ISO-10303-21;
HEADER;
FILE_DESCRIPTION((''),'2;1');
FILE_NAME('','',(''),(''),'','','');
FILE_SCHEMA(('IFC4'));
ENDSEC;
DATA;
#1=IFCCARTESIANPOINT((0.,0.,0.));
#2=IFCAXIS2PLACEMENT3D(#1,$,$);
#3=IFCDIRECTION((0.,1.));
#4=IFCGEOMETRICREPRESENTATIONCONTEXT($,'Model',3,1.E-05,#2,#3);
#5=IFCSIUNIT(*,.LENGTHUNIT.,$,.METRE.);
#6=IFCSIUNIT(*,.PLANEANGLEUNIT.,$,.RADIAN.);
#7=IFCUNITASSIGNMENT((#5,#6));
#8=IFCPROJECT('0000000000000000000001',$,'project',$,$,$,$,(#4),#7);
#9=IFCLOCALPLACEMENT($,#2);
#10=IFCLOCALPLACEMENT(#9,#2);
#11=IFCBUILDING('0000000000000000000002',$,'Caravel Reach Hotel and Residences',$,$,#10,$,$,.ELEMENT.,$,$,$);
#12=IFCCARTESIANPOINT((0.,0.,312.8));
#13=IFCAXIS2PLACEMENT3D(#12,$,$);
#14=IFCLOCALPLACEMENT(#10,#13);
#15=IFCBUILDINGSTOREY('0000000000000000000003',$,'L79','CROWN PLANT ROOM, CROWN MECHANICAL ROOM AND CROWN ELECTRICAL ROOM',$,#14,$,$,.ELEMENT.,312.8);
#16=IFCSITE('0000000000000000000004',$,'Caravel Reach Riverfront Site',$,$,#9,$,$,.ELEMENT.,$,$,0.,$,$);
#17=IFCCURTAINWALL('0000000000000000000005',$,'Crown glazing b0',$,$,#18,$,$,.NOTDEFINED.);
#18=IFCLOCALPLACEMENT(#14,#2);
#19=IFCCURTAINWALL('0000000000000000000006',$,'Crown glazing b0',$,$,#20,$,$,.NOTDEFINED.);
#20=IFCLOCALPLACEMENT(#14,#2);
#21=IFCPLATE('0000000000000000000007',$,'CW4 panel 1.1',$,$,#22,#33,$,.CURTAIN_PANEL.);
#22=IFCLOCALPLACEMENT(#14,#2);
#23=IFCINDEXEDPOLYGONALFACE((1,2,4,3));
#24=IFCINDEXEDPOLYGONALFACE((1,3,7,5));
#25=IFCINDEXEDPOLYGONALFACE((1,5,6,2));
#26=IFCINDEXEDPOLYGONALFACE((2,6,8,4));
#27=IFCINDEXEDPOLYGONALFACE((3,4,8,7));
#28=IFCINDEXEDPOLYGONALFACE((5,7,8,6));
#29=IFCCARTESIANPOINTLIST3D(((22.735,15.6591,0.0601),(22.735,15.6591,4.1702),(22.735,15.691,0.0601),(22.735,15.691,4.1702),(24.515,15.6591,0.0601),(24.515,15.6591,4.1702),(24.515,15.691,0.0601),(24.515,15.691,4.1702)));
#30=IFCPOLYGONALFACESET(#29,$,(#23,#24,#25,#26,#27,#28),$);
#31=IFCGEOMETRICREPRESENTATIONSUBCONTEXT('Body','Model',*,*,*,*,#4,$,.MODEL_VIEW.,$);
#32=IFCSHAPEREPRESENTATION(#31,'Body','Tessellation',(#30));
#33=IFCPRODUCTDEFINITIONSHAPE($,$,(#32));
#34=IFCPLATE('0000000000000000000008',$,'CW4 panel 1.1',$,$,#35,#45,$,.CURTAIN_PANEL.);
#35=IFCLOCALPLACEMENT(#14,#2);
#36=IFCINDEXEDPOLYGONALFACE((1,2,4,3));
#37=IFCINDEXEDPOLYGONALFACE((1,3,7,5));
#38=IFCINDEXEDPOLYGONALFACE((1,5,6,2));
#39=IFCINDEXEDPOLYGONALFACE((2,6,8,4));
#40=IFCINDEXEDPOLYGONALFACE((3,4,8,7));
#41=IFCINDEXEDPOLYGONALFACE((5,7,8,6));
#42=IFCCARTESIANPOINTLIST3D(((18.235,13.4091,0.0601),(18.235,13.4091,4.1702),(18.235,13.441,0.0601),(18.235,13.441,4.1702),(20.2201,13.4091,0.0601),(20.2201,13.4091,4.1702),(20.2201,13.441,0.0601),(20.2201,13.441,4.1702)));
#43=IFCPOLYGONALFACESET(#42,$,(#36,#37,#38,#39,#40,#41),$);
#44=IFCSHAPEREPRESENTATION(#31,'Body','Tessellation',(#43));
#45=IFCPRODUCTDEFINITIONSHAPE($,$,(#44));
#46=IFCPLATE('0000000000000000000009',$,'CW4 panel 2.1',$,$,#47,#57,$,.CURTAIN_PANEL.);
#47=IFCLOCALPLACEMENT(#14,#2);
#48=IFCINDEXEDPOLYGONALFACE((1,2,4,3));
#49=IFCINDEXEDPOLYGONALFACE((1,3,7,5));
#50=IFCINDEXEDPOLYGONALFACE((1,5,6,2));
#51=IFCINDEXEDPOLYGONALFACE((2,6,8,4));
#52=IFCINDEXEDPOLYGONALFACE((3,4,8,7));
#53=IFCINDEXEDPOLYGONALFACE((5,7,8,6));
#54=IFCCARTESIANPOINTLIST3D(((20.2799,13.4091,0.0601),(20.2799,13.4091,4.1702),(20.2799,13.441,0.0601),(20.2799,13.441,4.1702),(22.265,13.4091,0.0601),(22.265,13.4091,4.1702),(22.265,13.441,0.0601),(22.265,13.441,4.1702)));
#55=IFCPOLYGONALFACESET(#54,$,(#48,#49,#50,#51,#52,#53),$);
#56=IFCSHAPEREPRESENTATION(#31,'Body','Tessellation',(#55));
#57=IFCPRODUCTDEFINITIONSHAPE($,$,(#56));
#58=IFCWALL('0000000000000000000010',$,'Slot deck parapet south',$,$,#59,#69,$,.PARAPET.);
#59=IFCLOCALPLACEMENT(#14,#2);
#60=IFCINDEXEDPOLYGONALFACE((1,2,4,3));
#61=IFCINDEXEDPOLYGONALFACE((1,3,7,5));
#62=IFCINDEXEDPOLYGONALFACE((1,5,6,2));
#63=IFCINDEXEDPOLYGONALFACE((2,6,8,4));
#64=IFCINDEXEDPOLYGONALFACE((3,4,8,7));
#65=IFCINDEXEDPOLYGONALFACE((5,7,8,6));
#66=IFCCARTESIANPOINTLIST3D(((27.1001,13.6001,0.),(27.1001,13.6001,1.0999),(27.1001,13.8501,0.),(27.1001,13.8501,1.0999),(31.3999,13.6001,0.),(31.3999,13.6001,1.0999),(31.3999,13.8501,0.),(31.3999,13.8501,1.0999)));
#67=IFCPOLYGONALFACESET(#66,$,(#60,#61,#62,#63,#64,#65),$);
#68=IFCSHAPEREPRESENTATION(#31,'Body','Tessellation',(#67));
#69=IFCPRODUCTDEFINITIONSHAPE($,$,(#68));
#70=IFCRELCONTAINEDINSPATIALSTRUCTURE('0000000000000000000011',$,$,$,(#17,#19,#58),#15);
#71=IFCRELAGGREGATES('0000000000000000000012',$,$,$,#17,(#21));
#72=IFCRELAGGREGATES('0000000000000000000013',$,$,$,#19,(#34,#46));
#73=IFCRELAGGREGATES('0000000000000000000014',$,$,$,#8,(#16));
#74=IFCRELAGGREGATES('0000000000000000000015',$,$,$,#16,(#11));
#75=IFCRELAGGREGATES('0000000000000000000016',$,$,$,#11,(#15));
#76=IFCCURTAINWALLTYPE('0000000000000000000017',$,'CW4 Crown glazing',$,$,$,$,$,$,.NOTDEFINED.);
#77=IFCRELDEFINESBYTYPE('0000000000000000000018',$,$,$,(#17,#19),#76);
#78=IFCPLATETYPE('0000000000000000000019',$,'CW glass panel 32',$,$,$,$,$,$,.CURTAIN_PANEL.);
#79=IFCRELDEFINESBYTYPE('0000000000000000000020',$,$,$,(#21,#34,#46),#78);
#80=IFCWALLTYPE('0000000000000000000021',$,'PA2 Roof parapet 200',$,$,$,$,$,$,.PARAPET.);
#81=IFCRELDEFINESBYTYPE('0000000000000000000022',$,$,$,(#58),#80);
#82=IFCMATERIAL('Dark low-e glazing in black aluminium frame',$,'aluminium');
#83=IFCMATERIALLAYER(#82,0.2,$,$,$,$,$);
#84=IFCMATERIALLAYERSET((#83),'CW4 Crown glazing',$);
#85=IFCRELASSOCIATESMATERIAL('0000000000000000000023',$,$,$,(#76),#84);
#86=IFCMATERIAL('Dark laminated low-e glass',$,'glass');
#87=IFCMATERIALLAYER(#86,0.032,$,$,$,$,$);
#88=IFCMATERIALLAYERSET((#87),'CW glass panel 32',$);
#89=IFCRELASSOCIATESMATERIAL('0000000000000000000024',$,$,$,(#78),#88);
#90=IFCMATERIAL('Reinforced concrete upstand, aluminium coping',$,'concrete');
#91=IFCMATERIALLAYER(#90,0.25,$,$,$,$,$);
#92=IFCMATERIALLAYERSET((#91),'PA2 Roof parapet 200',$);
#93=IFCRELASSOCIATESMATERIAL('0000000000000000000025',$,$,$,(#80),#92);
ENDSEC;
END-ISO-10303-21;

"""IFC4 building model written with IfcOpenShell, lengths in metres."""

from ifc_helpers import new_model, si_unit, direction, frame, frame_2d, origin, origin_2d, place, context, subcontext, project, spatial, rectangle, extrude, material, layer, layer_set, type_object, element, aggregate, save


model = new_model("IFC4")

# Units and contexts
model_context = context("Model", 3, precision=1e-05, world=origin(), true_north=direction((0.0, 1.0)))
body_context = subcontext(model_context, "Body", "Model", "MODEL_VIEW")
ifc_project = project(units=[si_unit("LENGTHUNIT", "METRE"), si_unit("PLANEANGLEUNIT", "RADIAN")], contexts=[model_context])

# Site, building, storey
site_placement = place(None, origin())
site = spatial("IfcSite", under=ifc_project, at=site_placement, Name="Caravel Reach Riverfront Site", CompositionType="ELEMENT", RefElevation=0.0)
building_placement = place(site_placement, origin())
building = spatial("IfcBuilding", under=site, at=building_placement, Name="Caravel Reach Hotel and Residences", CompositionType="ELEMENT")
storey_placement = place(building_placement, frame((0.0, 0.0, 312.8)))
storey = spatial("IfcBuildingStorey", under=building, at=storey_placement, Name="L79", Description="CROWN PLANT ROOM, CROWN MECHANICAL ROOM AND CROWN ELECTRICAL ROOM", CompositionType="ELEMENT", Elevation=312.8)

# Curtain walls
ifc_material_1 = material(Name="Dark low-e glazing in black aluminium frame", Category="aluminium")
ifc_layer_1 = layer(ifc_material_1, 0.2)
ifc_layer_set_1 = layer_set([ifc_layer_1], Name="CW4 Crown glazing")
curtain_wall_type = type_object("IfcCurtainWallType", Name="CW4 Crown glazing", PredefinedType="NOTDEFINED", material=ifc_layer_set_1)
curtain_wall_1_placement = place(storey_placement, origin())
curtain_wall_1 = element("IfcCurtainWall", 1, at=curtain_wall_1_placement, inside=storey, type_object=curtain_wall_type, Name="Crown glazing b0", PredefinedType="NOTDEFINED")
curtain_wall_2_placement = place(storey_placement, origin())
curtain_wall_2 = element("IfcCurtainWall", 2, at=curtain_wall_2_placement, inside=storey, type_object=curtain_wall_type, Name="Crown glazing b0", PredefinedType="NOTDEFINED")

# Plates
ifc_material_2 = material(Name="Dark laminated low-e glass", Category="glass")
ifc_layer_2 = layer(ifc_material_2, 0.032)
ifc_layer_set_2 = layer_set([ifc_layer_2], Name="CW glass panel 32")
plate_type = type_object("IfcPlateType", Name="CW glass panel 32", PredefinedType="CURTAIN_PANEL", material=ifc_layer_set_2)
plate_1_placement = place(storey_placement, frame((23.625, 15.675, 0.0601), z_axis=(0.0, 0.0, 1.0), x_axis=(1.0, 0.0, 0.0)))
plate_1 = element("IfcPlate", 3, at=plate_1_placement, type_object=plate_type, Name="CW4 panel 1.1", PredefinedType="CURTAIN_PANEL", context=body_context, shape_type="SweptSolid", body=[
    extrude(rectangle(XDim=1.78, YDim=0.032, at=origin_2d()), origin(), (0.0, 0.0, 1.0), 4.1101),
])
aggregate(curtain_wall_1, [plate_1])
plate_2_placement = place(storey_placement, frame((19.2275, 13.425, 0.0601), z_axis=(0.0, 0.0, 1.0), x_axis=(1.0, 0.0, 0.0)))
plate_2 = element("IfcPlate", 4, at=plate_2_placement, type_object=plate_type, Name="CW4 panel 1.1", PredefinedType="CURTAIN_PANEL", context=body_context, shape_type="SweptSolid", body=[
    extrude(rectangle(XDim=1.9851, YDim=0.032, at=origin_2d()), origin(), (0.0, 0.0, 1.0), 4.1101),
])
plate_3_placement = place(storey_placement, frame((21.2725, 13.425, 0.0601), z_axis=(0.0, 0.0, 1.0), x_axis=(1.0, 0.0, 0.0)))
plate_3 = element("IfcPlate", 5, at=plate_3_placement, type_object=plate_type, Name="CW4 panel 2.1", PredefinedType="CURTAIN_PANEL", context=body_context, shape_type="SweptSolid", body=[
    extrude(rectangle(XDim=1.9851, YDim=0.032, at=origin_2d()), origin(), (0.0, 0.0, 1.0), 4.1101),
])
aggregate(curtain_wall_2, [plate_2, plate_3])

# Wall
ifc_material_3 = material(Name="Reinforced concrete upstand, aluminium coping", Category="concrete")
ifc_layer_3 = layer(ifc_material_3, 0.25)
ifc_layer_set_3 = layer_set([ifc_layer_3], Name="PA2 Roof parapet 200")
wall_type = type_object("IfcWallType", Name="PA2 Roof parapet 200", PredefinedType="PARAPET", material=ifc_layer_set_3)
wall_placement = place(storey_placement, frame((27.1001, 13.7251, 0.0), z_axis=(0.0, 0.0, 1.0), x_axis=(1.0, 0.0, 0.0)))
element("IfcWall", 6, at=wall_placement, inside=storey, type_object=wall_type, Name="Slot deck parapet south", PredefinedType="PARAPET", context=body_context, shape_type="SweptSolid", body=[
    extrude(rectangle(XDim=4.2998, YDim=0.25, at=frame_2d((2.1499, 0.0))), origin(), (0.0, 0.0, 1.0), 1.0999),
])

save(model, "model.ifc")
